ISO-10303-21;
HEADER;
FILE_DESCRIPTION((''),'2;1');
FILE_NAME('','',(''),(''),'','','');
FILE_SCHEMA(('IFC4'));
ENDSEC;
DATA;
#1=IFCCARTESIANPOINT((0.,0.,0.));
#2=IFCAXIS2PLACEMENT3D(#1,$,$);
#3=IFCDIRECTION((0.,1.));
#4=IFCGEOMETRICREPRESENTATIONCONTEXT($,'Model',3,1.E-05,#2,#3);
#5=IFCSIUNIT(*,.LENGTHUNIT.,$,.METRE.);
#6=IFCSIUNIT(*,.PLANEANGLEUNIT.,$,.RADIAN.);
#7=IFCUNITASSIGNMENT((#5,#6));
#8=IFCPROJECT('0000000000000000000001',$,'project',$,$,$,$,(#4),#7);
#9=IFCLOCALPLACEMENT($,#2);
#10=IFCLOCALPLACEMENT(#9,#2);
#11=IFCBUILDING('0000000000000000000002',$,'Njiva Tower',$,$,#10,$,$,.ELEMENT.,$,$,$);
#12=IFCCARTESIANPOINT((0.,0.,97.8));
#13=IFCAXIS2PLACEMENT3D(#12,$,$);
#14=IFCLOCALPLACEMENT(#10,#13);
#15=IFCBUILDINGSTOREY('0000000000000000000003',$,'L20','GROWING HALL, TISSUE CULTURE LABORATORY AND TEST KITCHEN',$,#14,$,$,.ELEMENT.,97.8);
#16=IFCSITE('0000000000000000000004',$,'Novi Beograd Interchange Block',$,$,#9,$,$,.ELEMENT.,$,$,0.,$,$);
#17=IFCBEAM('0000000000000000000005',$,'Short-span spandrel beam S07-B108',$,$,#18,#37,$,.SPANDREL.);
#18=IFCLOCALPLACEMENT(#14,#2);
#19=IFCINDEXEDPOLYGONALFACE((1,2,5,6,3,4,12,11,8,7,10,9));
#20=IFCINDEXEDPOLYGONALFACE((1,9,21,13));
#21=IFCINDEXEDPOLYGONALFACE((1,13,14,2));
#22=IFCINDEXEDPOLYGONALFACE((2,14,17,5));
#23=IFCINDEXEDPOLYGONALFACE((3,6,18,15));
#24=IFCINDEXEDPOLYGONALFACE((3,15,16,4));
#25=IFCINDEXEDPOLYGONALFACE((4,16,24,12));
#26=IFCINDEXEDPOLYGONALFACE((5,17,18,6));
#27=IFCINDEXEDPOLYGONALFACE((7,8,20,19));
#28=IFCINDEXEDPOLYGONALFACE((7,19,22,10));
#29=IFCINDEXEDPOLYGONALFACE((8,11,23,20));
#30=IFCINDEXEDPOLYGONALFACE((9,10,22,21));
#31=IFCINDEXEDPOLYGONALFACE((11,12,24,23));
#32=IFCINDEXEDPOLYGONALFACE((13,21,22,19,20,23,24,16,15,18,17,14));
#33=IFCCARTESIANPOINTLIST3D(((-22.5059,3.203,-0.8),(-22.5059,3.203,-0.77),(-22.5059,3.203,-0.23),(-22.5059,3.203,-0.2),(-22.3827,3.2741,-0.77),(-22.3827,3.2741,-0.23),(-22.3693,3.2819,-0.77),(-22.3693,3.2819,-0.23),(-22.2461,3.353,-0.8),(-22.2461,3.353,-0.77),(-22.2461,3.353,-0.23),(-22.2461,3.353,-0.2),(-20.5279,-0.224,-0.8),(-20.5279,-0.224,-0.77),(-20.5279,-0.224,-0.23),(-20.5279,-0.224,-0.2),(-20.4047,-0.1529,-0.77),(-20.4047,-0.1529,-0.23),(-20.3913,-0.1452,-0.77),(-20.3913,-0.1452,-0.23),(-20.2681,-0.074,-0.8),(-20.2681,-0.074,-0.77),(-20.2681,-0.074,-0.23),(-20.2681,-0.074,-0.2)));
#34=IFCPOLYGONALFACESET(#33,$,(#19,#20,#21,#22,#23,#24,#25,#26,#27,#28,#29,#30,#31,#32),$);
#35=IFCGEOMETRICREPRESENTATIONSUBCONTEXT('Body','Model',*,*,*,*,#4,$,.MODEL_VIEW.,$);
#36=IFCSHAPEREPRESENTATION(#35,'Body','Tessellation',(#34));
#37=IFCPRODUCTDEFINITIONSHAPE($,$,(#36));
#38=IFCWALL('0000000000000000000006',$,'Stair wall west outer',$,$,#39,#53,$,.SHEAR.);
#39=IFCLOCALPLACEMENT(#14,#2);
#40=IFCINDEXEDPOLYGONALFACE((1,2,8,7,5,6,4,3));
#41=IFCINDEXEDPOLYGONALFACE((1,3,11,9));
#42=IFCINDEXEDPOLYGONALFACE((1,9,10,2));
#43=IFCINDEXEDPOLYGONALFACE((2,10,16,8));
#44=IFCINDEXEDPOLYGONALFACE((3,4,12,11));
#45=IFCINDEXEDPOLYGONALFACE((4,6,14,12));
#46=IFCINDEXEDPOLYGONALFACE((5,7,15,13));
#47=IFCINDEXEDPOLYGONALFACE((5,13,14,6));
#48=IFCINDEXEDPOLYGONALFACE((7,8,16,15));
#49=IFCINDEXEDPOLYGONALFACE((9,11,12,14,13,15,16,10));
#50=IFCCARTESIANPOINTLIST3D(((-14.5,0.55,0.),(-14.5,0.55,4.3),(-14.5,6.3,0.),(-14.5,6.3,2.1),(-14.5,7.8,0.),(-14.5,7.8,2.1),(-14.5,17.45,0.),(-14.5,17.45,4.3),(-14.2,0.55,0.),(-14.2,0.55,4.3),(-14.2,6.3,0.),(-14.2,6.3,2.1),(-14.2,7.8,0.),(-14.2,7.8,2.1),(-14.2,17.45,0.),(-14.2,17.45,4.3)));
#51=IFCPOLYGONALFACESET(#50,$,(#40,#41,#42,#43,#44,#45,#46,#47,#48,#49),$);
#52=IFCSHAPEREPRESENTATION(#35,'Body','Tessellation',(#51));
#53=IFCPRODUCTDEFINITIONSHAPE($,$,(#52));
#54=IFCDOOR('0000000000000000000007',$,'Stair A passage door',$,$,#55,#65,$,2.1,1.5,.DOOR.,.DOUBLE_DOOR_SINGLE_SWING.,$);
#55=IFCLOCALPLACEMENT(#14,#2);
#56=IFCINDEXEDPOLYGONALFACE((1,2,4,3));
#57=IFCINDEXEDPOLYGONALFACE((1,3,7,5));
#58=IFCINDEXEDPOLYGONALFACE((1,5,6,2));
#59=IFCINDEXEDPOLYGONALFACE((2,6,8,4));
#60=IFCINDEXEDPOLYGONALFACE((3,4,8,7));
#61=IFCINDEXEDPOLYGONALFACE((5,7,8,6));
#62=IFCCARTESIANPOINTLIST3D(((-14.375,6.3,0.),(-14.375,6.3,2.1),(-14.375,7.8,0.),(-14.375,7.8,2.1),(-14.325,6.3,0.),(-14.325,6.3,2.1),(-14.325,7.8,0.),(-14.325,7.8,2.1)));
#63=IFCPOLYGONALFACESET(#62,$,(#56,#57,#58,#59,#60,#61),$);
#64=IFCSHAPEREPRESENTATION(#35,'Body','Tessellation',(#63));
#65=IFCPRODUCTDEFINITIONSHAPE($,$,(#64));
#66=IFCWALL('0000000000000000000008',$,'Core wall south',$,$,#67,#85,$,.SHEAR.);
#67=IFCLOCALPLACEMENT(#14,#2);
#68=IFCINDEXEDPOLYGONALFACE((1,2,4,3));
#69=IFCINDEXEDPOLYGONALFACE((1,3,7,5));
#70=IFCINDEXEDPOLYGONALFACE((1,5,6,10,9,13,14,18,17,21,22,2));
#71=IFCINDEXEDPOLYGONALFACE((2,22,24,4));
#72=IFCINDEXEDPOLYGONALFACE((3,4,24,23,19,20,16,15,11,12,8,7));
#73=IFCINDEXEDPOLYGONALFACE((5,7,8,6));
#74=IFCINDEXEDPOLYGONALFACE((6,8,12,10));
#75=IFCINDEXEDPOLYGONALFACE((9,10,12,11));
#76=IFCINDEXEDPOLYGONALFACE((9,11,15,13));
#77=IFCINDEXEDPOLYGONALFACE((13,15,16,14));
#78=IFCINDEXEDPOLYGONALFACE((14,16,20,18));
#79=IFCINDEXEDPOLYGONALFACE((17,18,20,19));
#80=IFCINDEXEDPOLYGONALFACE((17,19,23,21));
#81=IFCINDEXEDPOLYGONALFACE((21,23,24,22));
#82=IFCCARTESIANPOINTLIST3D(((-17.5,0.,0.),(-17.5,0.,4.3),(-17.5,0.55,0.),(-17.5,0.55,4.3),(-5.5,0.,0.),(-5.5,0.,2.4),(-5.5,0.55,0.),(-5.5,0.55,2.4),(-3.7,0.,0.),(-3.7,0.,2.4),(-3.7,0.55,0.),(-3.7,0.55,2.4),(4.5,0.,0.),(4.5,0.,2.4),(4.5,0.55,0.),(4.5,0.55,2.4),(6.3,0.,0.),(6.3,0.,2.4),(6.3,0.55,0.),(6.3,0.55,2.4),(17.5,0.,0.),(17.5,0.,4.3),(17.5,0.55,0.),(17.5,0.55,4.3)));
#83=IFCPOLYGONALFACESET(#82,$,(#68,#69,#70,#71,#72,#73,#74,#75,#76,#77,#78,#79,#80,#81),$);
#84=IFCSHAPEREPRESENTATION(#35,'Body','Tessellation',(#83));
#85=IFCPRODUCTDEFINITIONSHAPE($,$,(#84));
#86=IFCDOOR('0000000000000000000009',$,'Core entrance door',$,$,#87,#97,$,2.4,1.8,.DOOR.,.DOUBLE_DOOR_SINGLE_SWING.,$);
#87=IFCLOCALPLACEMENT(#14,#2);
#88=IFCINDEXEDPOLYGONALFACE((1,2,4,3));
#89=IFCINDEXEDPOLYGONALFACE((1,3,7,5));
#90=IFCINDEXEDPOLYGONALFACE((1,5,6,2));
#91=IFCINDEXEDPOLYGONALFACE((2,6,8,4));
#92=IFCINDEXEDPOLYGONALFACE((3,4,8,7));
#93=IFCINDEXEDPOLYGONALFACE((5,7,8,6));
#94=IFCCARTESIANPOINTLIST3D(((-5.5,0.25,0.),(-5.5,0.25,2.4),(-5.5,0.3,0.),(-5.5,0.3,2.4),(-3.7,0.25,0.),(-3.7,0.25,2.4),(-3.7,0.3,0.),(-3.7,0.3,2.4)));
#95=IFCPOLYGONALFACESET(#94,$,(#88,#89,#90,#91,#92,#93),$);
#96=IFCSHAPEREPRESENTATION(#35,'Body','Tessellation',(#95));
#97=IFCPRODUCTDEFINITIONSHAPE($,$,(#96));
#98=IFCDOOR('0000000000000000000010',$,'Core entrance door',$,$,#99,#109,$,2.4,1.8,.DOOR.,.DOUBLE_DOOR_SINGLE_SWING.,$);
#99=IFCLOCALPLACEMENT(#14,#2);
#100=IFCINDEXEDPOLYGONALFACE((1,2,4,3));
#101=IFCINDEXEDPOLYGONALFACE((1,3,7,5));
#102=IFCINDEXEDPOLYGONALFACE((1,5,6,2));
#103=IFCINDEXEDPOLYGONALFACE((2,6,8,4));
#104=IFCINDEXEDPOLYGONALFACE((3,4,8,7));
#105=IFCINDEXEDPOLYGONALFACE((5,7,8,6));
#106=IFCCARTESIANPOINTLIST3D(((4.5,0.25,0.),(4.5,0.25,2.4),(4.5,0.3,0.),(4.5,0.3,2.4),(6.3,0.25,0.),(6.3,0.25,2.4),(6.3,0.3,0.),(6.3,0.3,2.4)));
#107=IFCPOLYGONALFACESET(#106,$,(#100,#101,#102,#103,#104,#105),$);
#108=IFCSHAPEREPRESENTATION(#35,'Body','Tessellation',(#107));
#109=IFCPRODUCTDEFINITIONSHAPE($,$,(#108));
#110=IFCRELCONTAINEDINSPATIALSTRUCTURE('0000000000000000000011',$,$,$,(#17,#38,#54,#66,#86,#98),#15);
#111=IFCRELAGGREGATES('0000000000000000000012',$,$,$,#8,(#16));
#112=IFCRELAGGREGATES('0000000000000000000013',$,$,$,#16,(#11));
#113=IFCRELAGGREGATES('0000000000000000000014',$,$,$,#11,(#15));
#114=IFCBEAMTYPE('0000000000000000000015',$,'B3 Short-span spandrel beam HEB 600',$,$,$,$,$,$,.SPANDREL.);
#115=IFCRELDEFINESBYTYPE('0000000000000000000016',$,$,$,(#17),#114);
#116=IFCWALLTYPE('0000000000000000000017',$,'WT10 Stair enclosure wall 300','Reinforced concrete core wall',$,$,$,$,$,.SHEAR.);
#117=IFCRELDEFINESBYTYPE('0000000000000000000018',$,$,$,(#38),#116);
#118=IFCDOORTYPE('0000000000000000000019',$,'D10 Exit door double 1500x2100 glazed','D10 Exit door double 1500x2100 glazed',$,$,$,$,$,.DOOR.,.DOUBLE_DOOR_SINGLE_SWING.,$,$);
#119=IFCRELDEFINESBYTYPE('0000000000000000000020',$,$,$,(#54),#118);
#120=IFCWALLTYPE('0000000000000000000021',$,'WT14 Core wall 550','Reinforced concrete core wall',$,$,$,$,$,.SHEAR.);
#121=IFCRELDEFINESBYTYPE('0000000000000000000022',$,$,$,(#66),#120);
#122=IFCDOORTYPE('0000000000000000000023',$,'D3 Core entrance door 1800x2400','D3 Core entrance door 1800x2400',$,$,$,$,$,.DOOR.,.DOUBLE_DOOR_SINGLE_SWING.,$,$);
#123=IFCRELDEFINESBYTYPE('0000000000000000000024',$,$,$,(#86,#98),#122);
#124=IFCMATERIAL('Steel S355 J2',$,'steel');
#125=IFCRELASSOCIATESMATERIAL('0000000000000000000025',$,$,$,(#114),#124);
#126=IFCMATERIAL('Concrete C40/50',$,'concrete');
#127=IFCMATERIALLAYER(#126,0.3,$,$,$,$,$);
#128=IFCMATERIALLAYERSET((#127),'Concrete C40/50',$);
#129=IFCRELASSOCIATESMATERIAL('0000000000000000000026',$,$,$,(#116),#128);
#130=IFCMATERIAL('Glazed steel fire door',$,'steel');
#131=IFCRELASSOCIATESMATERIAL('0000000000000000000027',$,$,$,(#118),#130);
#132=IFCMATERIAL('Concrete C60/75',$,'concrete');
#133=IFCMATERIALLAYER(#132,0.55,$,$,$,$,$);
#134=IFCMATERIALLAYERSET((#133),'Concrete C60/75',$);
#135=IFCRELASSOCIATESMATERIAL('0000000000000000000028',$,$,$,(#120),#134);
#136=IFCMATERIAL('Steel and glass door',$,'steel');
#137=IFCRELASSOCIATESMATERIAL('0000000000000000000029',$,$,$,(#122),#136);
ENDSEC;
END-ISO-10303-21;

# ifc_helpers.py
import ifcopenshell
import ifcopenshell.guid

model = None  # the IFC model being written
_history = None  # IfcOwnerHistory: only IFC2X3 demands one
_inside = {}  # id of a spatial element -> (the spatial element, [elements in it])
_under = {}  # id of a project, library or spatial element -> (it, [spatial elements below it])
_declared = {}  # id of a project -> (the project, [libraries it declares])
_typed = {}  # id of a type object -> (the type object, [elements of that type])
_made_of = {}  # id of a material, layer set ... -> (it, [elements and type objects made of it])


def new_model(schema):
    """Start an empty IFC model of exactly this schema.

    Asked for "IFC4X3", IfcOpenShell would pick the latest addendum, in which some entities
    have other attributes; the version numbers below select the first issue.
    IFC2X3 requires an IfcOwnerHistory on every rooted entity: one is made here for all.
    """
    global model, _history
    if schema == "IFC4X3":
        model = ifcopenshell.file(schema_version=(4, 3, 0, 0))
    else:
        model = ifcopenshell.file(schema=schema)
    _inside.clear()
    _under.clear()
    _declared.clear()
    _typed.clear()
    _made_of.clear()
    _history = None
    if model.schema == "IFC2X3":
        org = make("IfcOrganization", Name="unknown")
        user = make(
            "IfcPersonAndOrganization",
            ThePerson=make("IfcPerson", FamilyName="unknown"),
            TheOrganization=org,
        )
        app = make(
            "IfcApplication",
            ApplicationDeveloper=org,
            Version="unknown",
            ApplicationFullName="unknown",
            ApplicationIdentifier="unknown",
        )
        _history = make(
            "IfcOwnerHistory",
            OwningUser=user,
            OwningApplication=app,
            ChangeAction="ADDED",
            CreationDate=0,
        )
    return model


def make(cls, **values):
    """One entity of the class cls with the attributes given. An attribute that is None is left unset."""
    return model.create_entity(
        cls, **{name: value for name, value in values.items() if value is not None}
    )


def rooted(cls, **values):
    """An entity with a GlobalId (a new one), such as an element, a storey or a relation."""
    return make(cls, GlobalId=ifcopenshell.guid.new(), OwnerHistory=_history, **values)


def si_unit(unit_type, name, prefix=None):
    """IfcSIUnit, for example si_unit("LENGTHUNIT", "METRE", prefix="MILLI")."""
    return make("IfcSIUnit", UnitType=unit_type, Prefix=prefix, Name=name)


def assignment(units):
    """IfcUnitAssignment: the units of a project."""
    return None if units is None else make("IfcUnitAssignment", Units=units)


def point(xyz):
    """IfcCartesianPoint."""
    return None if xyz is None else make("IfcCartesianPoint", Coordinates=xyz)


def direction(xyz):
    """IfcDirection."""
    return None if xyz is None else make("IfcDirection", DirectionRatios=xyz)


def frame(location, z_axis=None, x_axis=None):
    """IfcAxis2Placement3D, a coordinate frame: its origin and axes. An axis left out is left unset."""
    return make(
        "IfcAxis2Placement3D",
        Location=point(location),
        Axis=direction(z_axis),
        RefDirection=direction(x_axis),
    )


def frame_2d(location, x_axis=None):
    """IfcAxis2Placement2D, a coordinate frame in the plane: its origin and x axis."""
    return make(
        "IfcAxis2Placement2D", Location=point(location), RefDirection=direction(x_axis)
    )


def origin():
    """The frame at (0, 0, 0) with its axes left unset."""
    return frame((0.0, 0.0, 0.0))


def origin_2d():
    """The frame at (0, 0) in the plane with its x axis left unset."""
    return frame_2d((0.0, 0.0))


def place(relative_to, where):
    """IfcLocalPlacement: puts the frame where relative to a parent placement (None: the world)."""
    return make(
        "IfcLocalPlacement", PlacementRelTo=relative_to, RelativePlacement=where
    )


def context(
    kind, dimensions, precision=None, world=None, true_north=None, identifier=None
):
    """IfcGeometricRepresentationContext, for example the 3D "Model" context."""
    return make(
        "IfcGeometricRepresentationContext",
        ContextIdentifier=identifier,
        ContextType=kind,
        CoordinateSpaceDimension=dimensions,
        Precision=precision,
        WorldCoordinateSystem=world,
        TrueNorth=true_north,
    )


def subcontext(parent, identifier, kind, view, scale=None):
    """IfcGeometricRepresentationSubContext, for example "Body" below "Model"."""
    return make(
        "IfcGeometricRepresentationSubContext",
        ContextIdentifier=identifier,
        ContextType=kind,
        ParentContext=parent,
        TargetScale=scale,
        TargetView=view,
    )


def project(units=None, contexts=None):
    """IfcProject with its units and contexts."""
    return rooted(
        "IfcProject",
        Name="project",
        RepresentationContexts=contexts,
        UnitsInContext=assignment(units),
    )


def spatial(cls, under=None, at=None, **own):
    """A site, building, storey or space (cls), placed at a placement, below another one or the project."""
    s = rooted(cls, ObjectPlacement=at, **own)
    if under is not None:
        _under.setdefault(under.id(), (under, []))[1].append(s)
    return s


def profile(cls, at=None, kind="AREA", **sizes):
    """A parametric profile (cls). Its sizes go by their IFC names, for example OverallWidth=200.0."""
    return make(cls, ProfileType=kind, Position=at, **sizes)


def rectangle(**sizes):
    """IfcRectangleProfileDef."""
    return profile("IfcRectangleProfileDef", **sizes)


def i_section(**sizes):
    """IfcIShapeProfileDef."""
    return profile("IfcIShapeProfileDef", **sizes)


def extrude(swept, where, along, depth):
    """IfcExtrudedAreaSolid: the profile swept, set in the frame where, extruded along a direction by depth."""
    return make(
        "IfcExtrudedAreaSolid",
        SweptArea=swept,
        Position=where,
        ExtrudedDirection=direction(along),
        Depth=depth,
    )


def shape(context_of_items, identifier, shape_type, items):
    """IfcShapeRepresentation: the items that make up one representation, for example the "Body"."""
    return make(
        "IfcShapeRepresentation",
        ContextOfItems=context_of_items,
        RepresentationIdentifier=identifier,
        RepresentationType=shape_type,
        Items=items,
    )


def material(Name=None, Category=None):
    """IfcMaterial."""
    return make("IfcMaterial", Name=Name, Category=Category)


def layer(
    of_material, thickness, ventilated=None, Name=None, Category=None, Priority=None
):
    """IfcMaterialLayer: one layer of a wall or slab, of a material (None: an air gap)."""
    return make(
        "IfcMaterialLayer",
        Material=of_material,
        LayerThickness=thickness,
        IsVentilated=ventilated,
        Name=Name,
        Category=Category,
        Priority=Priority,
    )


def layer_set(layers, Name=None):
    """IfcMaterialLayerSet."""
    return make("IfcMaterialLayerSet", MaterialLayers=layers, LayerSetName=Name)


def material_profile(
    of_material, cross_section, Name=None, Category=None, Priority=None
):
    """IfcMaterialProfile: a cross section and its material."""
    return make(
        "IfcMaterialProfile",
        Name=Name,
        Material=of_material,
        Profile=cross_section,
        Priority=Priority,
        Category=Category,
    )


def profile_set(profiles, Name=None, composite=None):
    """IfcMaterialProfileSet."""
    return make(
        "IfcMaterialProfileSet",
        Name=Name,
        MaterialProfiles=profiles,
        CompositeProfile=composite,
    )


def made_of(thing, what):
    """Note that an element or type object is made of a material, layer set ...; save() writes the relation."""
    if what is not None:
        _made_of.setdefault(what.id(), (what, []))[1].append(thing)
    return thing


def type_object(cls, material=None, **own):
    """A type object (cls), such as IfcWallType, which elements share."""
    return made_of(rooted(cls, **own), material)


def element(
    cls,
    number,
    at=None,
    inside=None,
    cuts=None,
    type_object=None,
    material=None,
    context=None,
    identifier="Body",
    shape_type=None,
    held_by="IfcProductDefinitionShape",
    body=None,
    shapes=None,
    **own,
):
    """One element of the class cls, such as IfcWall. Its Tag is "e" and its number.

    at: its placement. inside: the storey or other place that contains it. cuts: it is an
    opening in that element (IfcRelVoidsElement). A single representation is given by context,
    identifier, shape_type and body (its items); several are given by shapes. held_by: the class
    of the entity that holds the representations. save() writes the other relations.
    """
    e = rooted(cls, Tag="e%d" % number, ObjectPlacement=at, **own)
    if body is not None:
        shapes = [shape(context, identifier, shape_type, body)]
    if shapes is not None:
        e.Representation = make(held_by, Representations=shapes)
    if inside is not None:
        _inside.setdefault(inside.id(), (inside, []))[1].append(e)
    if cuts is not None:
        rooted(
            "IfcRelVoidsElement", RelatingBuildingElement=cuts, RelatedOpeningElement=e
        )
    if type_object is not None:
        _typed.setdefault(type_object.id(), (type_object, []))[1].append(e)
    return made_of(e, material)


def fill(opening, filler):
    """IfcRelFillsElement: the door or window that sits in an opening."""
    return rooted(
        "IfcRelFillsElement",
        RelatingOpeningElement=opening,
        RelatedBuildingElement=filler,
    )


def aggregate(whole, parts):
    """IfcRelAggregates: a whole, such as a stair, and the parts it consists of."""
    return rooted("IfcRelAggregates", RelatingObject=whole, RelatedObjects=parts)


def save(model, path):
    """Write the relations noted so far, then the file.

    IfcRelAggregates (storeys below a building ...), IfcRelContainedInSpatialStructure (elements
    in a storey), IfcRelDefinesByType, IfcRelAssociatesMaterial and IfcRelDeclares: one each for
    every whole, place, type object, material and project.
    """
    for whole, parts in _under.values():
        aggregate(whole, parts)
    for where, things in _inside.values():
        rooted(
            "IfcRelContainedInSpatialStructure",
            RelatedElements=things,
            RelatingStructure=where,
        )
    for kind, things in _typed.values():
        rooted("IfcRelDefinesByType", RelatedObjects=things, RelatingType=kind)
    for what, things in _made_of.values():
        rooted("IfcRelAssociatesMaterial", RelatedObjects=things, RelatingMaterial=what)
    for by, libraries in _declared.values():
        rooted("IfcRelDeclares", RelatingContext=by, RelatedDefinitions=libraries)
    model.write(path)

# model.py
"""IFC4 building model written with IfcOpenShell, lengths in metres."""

from ifc_helpers import new_model, si_unit, direction, frame, frame_2d, origin, origin_2d, place, context, subcontext, project, spatial, rectangle, i_section, extrude, material, layer, layer_set, material_profile, profile_set, type_object, element, fill, save


model = new_model("IFC4")

# Units and contexts
model_context = context("Model", 3, precision=1e-05, world=origin(), true_north=direction((0.0, 1.0)))
body_context = subcontext(model_context, "Body", "Model", "MODEL_VIEW")
ifc_project = project(units=[si_unit("LENGTHUNIT", "METRE"), si_unit("PLANEANGLEUNIT", "RADIAN")], contexts=[model_context])

# Site, building, storey
site_placement = place(None, origin())
site = spatial("IfcSite", under=ifc_project, at=site_placement, Name="Novi Beograd Interchange Block", CompositionType="ELEMENT", RefElevation=0.0)
building_placement = place(site_placement, origin())
building = spatial("IfcBuilding", under=site, at=building_placement, Name="Njiva Tower", CompositionType="ELEMENT")
storey_placement = place(building_placement, frame((0.0, 0.0, 97.8)))
storey = spatial("IfcBuildingStorey", under=building, at=storey_placement, Name="L20", Description="GROWING HALL, TISSUE CULTURE LABORATORY AND TEST KITCHEN", CompositionType="ELEMENT", Elevation=97.8)

# Shared definitions
ifc_material_1 = material(Name="Steel S355 J2", Category="steel")

# Beam
ifc_material_profile_1 = material_profile(ifc_material_1, i_section(OverallWidth=0.3, OverallDepth=0.6, WebThickness=0.0155, FlangeThickness=0.03, at=origin_2d()), Name="HEB 600")
ifc_profile_set_1 = profile_set([ifc_material_profile_1], Name="Steel S355 J2")
beam_type_1 = type_object("IfcBeamType", Name="B3 Short-span spandrel beam HEB 600", PredefinedType="SPANDREL", material=ifc_profile_set_1)
beam_1_placement = place(storey_placement, frame((-22.376, 3.278, -0.5), z_axis=(0.49989, -0.866089, 0.0), x_axis=(0.866089, 0.49989, 0.0)))
element("IfcBeam", 1, at=beam_1_placement, inside=storey, type_object=beam_type_1, Name="Short-span spandrel beam S07-B108", PredefinedType="SPANDREL", context=body_context, shape_type="SweptSolid", body=[
    extrude(i_section(OverallWidth=0.3, OverallDepth=0.6, WebThickness=0.0155, FlangeThickness=0.03, at=origin_2d()), origin(), (0.0, 0.0, 1.0), 3.9569),
])

# Wall, opening, door
ifc_material_2 = material(Name="Concrete C40/50", Category="concrete")
ifc_layer_1 = layer(ifc_material_2, 0.3)
ifc_layer_set_1 = layer_set([ifc_layer_1], Name="Concrete C40/50")
wall_type_1 = type_object("IfcWallType", Name="WT10 Stair enclosure wall 300", Description="Reinforced concrete core wall", PredefinedType="SHEAR", material=ifc_layer_set_1)
wall_1_placement = place(storey_placement, frame((-14.35, 0.55, 0.0), z_axis=(0.0, 0.0, 1.0), x_axis=(0.0, 1.0, 0.0)))
wall_1 = element("IfcWall", 2, at=wall_1_placement, inside=storey, type_object=wall_type_1, Name="Stair wall west outer", PredefinedType="SHEAR", context=body_context, shape_type="SweptSolid", body=[
    extrude(rectangle(XDim=16.9, YDim=0.3, at=frame_2d((8.45, 0.0))), origin(), (0.0, 0.0, 1.0), 4.3),
])
opening_1_placement = place(wall_1_placement, frame((5.75, 0.0, 0.0)))
opening_1 = element("IfcOpeningElement", 3, at=opening_1_placement, cuts=wall_1, PredefinedType="OPENING", context=body_context, shape_type="SweptSolid", body=[
    extrude(rectangle(XDim=1.5, YDim=2.1, at=frame_2d((0.75, 1.05))), frame((0.0, 0.16, 0.0), z_axis=(0.0, -1.0, 0.0), x_axis=(1.0, 0.0, 0.0)), (0.0, 0.0, 1.0), 0.32),
])
ifc_material_3 = material(Name="Glazed steel fire door", Category="steel")
door_type_1 = type_object("IfcDoorType", Name="D10 Exit door double 1500x2100 glazed", Description="D10 Exit door double 1500x2100 glazed", OperationType="DOUBLE_DOOR_SINGLE_SWING", PredefinedType="DOOR", material=ifc_material_3)
door_1_placement = place(opening_1_placement, origin())
door_1 = element("IfcDoor", 4, at=door_1_placement, inside=storey, type_object=door_type_1, Name="Stair A passage door", OperationType="DOUBLE_DOOR_SINGLE_SWING", OverallHeight=2.1, OverallWidth=1.5, PredefinedType="DOOR", context=body_context, shape_type="SweptSolid", body=[
    extrude(rectangle(XDim=1.5, YDim=2.1, at=frame_2d((0.75, 1.05))), frame((0.0, 0.025, 0.0), z_axis=(0.0, -1.0, 0.0), x_axis=(1.0, 0.0, 0.0)), (0.0, 0.0, 1.0), 0.05),
])
fill(opening_1, door_1)

# Wall, openings, doors
ifc_material_4 = material(Name="Concrete C60/75", Category="concrete")
ifc_layer_2 = layer(ifc_material_4, 0.55)
ifc_layer_set_2 = layer_set([ifc_layer_2], Name="Concrete C60/75")
wall_type_2 = type_object("IfcWallType", Name="WT14 Core wall 550", Description="Reinforced concrete core wall", PredefinedType="SHEAR", material=ifc_layer_set_2)
wall_2_placement = place(storey_placement, frame((-17.5, 0.275, 0.0), z_axis=(0.0, 0.0, 1.0), x_axis=(1.0, 0.0, 0.0)))
wall_2 = element("IfcWall", 5, at=wall_2_placement, inside=storey, type_object=wall_type_2, Name="Core wall south", PredefinedType="SHEAR", context=body_context, shape_type="SweptSolid", body=[
    extrude(rectangle(XDim=35.0, YDim=0.55, at=frame_2d((17.5, 0.0))), origin(), (0.0, 0.0, 1.0), 4.3),
])
opening_2_placement = place(wall_2_placement, frame((12.0, 0.0, 0.0)))
opening_2 = element("IfcOpeningElement", 6, at=opening_2_placement, cuts=wall_2, PredefinedType="OPENING", context=body_context, shape_type="SweptSolid", body=[
    extrude(rectangle(XDim=1.8, YDim=2.4, at=frame_2d((0.9, 1.2))), frame((0.0, 0.285, 0.0), z_axis=(0.0, -1.0, 0.0), x_axis=(1.0, 0.0, 0.0)), (0.0, 0.0, 1.0), 0.57),
])
opening_3_placement = place(wall_2_placement, frame((22.0, 0.0, 0.0)))
opening_3 = element("IfcOpeningElement", 7, at=opening_3_placement, cuts=wall_2, PredefinedType="OPENING", context=body_context, shape_type="SweptSolid", body=[
    extrude(rectangle(XDim=1.8, YDim=2.4, at=frame_2d((0.9, 1.2))), frame((0.0, 0.285, 0.0), z_axis=(0.0, -1.0, 0.0), x_axis=(1.0, 0.0, 0.0)), (0.0, 0.0, 1.0), 0.57),
])
ifc_material_5 = material(Name="Steel and glass door", Category="steel")
door_type_2 = type_object("IfcDoorType", Name="D3 Core entrance door 1800x2400", Description="D3 Core entrance door 1800x2400", OperationType="DOUBLE_DOOR_SINGLE_SWING", PredefinedType="DOOR", material=ifc_material_5)
door_2_placement = place(opening_2_placement, origin())
door_2 = element("IfcDoor", 8, at=door_2_placement, inside=storey, type_object=door_type_2, Name="Core entrance door", OperationType="DOUBLE_DOOR_SINGLE_SWING", OverallHeight=2.4, OverallWidth=1.8, PredefinedType="DOOR", context=body_context, shape_type="SweptSolid", body=[
    extrude(rectangle(XDim=1.8, YDim=2.4, at=frame_2d((0.9, 1.2))), frame((0.0, 0.025, 0.0), z_axis=(0.0, -1.0, 0.0), x_axis=(1.0, 0.0, 0.0)), (0.0, 0.0, 1.0), 0.05),
])
fill(opening_2, door_2)
door_3_placement = place(opening_3_placement, origin())
door_3 = element("IfcDoor", 9, at=door_3_placement, inside=storey, type_object=door_type_2, Name="Core entrance door", OperationType="DOUBLE_DOOR_SINGLE_SWING", OverallHeight=2.4, OverallWidth=1.8, PredefinedType="DOOR", context=body_context, shape_type="SweptSolid", body=[
    extrude(rectangle(XDim=1.8, YDim=2.4, at=frame_2d((0.9, 1.2))), frame((0.0, 0.025, 0.0), z_axis=(0.0, -1.0, 0.0), x_axis=(1.0, 0.0, 0.0)), (0.0, 0.0, 1.0), 0.05),
])
fill(opening_3, door_3)

save(model, "model.ifc")
